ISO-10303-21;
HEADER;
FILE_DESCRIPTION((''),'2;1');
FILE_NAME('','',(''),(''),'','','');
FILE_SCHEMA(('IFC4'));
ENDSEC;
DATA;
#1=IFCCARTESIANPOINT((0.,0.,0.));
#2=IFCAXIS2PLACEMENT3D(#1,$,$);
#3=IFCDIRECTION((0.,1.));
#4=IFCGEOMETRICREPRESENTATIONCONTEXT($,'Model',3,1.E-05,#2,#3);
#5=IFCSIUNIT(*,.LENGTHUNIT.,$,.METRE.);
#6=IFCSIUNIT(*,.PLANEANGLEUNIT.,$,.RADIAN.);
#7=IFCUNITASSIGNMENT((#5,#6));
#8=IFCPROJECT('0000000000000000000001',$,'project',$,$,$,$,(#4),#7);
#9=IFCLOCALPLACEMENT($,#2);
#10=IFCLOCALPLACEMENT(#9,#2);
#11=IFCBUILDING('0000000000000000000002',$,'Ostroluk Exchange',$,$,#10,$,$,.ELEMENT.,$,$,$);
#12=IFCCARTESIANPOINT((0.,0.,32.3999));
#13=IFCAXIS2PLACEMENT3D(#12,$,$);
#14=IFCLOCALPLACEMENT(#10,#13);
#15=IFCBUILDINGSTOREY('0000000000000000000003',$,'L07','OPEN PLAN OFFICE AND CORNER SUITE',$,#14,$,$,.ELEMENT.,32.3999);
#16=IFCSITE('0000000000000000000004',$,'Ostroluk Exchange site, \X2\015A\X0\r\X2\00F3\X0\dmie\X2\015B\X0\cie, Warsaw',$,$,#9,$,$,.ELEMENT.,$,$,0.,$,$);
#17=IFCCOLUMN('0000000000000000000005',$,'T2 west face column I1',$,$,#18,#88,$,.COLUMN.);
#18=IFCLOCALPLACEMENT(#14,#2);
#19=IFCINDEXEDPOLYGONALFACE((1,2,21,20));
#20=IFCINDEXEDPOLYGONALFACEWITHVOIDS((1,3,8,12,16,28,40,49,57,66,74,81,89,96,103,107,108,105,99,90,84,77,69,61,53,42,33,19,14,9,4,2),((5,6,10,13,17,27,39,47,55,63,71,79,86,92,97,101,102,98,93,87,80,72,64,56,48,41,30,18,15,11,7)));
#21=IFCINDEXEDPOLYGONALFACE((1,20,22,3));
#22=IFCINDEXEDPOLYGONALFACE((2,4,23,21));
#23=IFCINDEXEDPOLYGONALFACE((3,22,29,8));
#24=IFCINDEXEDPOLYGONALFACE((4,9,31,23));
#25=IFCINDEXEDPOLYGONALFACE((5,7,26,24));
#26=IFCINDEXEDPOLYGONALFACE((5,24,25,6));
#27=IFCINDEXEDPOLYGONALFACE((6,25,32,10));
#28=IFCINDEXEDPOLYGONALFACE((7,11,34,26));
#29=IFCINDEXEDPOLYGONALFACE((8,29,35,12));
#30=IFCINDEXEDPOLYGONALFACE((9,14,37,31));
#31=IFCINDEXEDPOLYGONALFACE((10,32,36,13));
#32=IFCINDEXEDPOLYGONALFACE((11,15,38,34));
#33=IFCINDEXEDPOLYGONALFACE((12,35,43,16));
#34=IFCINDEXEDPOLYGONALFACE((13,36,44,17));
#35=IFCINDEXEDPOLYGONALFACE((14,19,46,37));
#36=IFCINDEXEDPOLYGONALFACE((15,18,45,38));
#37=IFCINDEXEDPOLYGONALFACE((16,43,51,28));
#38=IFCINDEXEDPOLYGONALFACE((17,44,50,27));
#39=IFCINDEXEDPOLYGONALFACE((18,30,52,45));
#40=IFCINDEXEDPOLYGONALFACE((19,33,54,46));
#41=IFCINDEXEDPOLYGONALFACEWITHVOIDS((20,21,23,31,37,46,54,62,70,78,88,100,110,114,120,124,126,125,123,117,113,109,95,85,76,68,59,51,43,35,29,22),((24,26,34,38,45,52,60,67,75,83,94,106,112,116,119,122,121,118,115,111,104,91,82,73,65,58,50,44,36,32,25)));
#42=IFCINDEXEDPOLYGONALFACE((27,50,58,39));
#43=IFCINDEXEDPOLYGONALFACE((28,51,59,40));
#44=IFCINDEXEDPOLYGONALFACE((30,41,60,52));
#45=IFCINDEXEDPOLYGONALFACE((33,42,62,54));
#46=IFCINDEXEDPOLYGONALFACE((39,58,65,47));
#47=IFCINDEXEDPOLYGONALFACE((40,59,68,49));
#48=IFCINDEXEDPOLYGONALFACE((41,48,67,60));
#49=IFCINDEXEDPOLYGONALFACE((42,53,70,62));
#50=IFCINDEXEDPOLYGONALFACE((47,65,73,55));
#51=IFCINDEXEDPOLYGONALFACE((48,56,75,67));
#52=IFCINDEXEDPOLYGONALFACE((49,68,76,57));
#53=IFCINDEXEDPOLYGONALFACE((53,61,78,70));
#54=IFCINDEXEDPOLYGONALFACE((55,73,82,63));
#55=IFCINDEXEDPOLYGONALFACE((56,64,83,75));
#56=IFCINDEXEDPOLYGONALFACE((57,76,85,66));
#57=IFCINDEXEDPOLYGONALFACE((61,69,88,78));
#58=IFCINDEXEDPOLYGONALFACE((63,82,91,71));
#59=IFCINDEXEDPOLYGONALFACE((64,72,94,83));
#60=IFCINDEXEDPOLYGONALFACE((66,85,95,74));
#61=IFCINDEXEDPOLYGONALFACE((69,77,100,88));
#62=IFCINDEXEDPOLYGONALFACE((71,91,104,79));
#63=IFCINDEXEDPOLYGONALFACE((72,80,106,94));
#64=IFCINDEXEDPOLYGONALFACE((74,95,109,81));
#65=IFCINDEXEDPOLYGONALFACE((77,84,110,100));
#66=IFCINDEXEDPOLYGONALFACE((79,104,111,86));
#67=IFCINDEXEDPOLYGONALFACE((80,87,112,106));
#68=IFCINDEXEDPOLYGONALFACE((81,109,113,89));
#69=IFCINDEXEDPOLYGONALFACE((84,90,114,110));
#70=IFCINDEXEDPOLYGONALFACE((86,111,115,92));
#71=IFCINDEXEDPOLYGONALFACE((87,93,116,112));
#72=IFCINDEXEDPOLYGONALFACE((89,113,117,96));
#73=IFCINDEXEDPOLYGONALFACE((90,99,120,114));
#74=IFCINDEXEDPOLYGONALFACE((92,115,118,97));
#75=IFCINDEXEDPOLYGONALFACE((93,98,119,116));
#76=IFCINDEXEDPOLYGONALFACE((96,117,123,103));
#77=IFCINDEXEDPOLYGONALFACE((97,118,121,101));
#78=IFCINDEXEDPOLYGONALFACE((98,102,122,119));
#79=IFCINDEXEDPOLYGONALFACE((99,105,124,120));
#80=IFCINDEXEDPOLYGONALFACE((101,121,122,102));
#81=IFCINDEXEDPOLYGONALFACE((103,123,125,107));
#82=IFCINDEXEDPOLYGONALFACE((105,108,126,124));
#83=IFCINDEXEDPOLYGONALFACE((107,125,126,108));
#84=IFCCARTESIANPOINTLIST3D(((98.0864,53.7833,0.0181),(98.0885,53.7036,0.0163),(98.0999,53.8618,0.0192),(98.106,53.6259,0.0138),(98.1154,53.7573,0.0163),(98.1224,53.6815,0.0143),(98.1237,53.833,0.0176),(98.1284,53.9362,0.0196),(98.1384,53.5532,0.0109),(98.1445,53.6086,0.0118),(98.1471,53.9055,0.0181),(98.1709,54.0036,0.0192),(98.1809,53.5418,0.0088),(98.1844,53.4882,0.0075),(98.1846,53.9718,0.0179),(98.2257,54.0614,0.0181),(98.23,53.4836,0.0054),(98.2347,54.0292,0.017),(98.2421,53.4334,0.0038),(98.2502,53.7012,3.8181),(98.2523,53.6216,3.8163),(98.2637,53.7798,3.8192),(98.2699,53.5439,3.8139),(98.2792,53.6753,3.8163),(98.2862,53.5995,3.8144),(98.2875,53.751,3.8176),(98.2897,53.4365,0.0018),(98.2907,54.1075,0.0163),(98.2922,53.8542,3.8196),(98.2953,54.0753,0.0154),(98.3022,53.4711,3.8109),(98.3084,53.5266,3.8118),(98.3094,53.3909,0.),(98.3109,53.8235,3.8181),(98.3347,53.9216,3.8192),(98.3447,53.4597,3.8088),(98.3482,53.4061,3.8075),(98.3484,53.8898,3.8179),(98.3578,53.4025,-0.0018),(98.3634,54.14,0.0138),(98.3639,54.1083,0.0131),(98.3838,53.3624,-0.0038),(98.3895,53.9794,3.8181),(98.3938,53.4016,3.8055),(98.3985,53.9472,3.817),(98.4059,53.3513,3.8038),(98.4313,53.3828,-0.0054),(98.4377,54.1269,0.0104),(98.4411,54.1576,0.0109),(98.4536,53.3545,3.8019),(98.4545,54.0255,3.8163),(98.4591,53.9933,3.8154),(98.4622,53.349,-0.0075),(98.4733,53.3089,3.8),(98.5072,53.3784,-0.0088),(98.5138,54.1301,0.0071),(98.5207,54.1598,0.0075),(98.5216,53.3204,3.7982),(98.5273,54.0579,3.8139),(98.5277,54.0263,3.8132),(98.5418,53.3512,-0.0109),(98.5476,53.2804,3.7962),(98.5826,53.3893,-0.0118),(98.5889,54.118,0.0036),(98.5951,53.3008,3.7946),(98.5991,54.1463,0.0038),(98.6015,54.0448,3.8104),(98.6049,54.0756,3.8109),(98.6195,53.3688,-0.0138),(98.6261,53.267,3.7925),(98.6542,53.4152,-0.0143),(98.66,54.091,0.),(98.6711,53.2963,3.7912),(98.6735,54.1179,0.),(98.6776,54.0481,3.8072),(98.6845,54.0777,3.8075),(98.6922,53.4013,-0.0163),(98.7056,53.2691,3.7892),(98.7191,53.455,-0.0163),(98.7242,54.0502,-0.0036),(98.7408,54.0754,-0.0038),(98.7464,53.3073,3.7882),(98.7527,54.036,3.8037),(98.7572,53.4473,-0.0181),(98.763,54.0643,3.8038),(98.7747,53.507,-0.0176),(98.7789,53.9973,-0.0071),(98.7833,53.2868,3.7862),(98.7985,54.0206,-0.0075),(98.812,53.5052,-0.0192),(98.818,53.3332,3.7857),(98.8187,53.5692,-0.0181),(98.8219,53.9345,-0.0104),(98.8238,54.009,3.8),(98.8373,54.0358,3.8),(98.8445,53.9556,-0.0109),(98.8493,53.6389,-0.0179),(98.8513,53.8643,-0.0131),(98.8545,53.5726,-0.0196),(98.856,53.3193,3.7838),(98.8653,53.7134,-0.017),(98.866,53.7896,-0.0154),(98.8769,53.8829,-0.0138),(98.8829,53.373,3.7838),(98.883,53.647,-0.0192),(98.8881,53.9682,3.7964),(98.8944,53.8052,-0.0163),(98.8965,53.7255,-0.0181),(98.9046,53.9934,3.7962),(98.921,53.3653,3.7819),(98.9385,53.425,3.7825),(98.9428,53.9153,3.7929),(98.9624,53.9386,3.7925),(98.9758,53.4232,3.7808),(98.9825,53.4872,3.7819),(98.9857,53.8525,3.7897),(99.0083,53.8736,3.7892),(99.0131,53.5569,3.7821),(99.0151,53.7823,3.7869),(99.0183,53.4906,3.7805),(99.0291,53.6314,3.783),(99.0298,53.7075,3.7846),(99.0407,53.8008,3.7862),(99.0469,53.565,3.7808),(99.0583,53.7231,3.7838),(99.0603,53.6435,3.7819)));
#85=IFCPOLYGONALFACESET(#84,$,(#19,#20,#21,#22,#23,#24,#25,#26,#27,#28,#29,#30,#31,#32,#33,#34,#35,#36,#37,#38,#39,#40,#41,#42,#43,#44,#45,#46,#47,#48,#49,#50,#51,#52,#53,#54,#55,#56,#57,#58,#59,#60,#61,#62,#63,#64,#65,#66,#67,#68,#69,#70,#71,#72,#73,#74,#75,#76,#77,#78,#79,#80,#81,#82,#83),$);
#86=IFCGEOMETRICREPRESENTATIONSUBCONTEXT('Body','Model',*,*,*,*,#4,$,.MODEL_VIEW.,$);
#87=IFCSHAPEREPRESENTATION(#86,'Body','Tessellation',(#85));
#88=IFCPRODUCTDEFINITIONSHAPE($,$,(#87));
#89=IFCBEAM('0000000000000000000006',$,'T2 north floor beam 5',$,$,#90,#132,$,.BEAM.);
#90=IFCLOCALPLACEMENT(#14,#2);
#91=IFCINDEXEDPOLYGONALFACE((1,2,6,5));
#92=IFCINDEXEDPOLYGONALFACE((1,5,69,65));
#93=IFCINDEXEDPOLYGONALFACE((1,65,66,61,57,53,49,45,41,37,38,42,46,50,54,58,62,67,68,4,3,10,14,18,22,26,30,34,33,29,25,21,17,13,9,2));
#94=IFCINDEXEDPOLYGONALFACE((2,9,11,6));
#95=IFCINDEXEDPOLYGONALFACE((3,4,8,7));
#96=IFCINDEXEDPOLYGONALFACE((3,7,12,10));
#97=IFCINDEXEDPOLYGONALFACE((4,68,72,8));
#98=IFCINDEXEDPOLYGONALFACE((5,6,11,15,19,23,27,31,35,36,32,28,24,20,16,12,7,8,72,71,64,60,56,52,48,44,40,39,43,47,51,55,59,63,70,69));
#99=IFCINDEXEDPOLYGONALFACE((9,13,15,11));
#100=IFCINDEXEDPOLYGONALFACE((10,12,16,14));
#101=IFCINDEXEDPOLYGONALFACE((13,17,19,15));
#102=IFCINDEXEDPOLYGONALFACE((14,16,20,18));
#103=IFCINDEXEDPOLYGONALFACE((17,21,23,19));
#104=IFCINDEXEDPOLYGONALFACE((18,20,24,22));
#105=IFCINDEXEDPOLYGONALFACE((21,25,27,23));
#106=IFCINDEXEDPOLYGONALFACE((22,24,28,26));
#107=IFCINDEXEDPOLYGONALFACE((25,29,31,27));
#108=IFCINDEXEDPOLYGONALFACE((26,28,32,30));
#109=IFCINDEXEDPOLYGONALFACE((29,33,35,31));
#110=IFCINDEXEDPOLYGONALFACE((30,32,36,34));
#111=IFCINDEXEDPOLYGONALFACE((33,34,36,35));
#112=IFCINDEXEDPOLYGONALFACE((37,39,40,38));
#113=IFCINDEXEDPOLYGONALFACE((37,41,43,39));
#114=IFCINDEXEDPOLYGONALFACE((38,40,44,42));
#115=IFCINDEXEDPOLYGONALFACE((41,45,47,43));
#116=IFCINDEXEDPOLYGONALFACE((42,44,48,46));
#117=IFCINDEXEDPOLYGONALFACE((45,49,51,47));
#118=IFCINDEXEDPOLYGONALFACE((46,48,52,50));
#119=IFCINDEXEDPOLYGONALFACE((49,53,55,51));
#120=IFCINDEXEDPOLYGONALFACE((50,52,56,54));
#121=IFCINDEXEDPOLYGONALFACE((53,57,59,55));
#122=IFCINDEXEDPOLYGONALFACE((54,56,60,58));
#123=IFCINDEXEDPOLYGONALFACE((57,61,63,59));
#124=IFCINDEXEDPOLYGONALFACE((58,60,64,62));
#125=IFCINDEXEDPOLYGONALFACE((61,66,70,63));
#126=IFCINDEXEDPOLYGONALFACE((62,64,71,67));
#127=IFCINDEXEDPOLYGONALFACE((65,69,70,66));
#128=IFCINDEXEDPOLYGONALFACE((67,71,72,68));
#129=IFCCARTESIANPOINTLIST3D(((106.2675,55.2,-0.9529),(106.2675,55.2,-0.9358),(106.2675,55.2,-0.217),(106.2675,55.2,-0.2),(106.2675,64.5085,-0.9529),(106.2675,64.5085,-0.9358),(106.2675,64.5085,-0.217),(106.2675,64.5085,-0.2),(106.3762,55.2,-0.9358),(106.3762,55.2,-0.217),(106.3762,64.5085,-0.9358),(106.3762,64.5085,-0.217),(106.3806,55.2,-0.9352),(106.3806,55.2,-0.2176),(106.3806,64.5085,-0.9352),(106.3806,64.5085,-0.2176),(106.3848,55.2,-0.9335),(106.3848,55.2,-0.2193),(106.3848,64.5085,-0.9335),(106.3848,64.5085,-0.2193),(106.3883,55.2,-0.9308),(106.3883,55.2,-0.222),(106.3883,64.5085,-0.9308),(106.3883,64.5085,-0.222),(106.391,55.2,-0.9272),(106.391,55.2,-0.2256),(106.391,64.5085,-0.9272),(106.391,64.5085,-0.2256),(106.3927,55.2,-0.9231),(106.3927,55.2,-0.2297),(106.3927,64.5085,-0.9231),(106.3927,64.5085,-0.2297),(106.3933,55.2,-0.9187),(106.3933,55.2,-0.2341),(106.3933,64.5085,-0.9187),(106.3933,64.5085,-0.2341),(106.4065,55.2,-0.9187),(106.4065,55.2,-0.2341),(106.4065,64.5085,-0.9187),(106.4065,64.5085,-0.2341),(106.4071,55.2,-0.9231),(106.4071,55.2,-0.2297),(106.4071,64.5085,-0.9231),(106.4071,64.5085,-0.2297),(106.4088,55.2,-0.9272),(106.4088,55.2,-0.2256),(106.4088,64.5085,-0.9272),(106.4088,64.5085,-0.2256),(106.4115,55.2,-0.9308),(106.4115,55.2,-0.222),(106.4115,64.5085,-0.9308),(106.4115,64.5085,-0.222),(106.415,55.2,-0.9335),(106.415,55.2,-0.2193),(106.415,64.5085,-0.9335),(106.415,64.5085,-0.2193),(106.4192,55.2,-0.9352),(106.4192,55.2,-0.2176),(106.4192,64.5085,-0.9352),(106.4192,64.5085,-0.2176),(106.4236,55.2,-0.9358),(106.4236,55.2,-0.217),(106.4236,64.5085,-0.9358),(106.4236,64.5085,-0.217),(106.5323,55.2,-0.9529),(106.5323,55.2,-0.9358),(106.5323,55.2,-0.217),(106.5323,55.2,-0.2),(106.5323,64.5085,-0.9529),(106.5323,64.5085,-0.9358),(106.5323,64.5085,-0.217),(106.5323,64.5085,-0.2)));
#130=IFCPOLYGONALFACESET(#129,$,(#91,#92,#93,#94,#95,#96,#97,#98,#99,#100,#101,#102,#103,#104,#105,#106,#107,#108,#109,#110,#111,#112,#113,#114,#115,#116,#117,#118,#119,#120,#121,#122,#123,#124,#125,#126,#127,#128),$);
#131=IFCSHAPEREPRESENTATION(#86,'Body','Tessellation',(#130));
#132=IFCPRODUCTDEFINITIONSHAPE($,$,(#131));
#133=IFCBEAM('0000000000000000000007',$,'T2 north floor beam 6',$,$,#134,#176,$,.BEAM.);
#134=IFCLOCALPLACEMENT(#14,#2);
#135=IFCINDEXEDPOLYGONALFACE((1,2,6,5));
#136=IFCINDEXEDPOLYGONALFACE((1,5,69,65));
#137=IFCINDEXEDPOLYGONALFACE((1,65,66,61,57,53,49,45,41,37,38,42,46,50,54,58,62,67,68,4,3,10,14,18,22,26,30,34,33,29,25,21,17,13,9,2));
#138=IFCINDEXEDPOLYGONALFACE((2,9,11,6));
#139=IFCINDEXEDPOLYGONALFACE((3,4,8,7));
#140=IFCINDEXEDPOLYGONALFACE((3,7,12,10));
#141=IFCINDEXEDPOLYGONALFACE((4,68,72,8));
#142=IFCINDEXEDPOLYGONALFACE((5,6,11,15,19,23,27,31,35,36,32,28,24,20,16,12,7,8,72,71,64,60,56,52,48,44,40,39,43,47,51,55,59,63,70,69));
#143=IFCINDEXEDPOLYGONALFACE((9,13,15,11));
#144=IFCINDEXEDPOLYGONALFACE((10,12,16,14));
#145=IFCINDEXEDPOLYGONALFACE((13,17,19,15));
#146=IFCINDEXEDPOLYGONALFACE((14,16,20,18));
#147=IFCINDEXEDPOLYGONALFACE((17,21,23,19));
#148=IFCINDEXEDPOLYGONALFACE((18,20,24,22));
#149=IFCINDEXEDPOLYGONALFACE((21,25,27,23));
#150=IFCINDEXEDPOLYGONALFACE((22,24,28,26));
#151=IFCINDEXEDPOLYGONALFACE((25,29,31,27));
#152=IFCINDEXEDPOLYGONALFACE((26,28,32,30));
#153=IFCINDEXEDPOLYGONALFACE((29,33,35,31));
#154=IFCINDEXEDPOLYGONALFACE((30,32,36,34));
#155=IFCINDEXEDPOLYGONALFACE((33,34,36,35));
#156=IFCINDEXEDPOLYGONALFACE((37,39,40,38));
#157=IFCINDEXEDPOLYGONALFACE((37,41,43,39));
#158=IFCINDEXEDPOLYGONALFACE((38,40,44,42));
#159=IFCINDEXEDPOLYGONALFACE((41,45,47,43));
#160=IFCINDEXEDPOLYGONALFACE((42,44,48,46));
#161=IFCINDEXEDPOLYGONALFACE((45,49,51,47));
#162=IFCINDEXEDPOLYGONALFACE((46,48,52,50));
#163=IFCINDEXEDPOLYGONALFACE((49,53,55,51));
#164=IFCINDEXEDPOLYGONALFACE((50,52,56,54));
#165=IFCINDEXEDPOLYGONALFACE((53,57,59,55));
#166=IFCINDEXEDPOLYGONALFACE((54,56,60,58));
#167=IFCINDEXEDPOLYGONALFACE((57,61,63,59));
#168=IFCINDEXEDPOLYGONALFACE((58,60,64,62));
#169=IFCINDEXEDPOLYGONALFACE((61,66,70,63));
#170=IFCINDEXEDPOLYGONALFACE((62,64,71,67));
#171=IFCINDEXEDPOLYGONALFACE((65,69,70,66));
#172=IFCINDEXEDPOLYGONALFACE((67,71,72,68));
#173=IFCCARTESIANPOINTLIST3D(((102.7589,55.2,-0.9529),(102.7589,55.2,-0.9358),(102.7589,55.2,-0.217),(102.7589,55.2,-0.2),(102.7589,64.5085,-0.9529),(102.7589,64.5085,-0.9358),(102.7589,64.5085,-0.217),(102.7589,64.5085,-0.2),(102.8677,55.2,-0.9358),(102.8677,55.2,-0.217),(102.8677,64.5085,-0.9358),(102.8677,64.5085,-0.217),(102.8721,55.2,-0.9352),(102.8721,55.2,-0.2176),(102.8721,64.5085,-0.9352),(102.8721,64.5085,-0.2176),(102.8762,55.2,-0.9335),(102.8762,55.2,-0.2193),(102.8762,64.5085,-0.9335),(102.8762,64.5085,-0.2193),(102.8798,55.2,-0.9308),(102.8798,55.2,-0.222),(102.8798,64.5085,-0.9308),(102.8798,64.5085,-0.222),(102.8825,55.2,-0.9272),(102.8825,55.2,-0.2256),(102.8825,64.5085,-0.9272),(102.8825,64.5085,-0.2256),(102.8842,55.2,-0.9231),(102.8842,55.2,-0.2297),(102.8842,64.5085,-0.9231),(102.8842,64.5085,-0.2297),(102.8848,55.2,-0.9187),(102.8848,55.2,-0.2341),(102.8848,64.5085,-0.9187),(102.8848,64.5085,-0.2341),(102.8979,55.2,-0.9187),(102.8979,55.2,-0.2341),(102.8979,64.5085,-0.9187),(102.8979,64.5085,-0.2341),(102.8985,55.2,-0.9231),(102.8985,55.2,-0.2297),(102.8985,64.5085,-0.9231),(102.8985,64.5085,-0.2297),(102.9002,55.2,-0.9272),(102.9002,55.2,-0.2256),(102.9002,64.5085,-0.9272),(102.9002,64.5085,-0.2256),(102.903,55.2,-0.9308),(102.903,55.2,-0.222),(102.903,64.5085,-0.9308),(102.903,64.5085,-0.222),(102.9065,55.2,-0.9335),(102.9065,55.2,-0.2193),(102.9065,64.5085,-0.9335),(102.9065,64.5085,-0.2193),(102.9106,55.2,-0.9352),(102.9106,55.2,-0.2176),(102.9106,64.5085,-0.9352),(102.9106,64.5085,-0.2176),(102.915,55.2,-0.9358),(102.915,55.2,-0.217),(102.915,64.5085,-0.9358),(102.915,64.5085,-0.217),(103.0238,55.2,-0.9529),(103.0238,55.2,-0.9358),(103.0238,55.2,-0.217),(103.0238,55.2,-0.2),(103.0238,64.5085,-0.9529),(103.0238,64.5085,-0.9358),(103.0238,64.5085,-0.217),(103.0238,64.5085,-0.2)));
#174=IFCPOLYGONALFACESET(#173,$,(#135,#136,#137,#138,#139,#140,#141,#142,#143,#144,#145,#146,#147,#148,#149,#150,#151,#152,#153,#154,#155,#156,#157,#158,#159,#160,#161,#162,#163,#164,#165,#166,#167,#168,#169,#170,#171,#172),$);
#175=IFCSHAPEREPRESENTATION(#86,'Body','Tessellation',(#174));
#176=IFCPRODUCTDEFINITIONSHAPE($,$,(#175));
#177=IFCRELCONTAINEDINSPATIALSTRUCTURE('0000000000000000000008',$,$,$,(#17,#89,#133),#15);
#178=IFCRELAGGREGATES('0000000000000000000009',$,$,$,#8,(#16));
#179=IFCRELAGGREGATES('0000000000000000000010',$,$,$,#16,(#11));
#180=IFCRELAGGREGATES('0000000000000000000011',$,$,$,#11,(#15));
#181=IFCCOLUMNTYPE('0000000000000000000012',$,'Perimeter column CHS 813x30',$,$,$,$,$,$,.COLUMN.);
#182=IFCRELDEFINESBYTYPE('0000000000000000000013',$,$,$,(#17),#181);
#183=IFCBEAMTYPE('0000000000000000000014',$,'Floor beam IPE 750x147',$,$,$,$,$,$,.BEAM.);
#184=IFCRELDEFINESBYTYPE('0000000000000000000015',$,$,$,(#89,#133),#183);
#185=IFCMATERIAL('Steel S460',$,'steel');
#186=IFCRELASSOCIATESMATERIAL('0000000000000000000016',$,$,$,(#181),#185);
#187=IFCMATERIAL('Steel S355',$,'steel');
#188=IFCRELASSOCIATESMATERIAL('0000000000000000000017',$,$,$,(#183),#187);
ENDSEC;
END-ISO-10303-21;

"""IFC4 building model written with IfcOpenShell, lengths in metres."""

from ifc_helpers import new_model, si_unit, direction, frame, origin, origin_2d, place, context, subcontext, project, spatial, hollow_circle, i_section, extrude, material, material_profile, profile_set, type_object, element, save


model = new_model("IFC4")

# Units and contexts
model_context = context("Model", 3, precision=1e-05, world=origin(), true_north=direction((0.0, 1.0)))
body_context = subcontext(model_context, "Body", "Model", "MODEL_VIEW")
ifc_project = project(units=[si_unit("LENGTHUNIT", "METRE"), si_unit("PLANEANGLEUNIT", "RADIAN")], contexts=[model_context])

# Site, building, storey
site_placement = place(None, origin())
site = spatial("IfcSite", under=ifc_project, at=site_placement, Name="Ostroluk Exchange site, Śródmieście, Warsaw", CompositionType="ELEMENT", RefElevation=0.0)
building_placement = place(site_placement, origin())
building = spatial("IfcBuilding", under=site, at=building_placement, Name="Ostroluk Exchange", CompositionType="ELEMENT")
storey_placement = place(building_placement, frame((0.0, 0.0, 32.3999)))
storey = spatial("IfcBuildingStorey", under=building, at=storey_placement, Name="L07", Description="OPEN PLAN OFFICE AND CORNER SUITE", CompositionType="ELEMENT", Elevation=32.3999)

# Column
ifc_material_1 = material(Name="Steel S460", Category="steel")
ifc_material_profile_1 = material_profile(ifc_material_1, hollow_circle(Radius=0.4065, WallThickness=0.03, at=origin_2d()), Name="CHS 813x30")
ifc_profile_set_1 = profile_set([ifc_material_profile_1], Name="Steel S460")
column_type = type_object("IfcColumnType", Name="Perimeter column CHS 813x30", PredefinedType="COLUMN", material=ifc_profile_set_1)
column_placement = place(storey_placement, frame((98.4915, 53.7544, 0.0), z_axis=(0.04306, -0.021562, 0.99884), x_axis=(0.447747, 0.894161, 0.0)))
element("IfcColumn", 1, at=column_placement, inside=storey, type_object=column_type, Name="T2 west face column I1", PredefinedType="COLUMN", context=body_context, shape_type="SweptSolid", body=[
    extrude(hollow_circle(Radius=0.4065, WallThickness=0.03, at=origin_2d()), origin(), (0.0, 0.0, 1.0), 3.8044),
])

# Beams
ifc_material_2 = material(Name="Steel S355", Category="steel")
ifc_material_profile_2 = material_profile(ifc_material_2, i_section(OverallWidth=0.2649, OverallDepth=0.7529, WebThickness=0.0132, FlangeThickness=0.0171, FilletRadius=0.0171, at=origin_2d()), Name="IPE 750x147")
ifc_profile_set_2 = profile_set([ifc_material_profile_2], Name="Steel S355")
beam_type_1 = type_object("IfcBeamType", Name="Floor beam IPE 750x147", PredefinedType="BEAM", material=ifc_profile_set_2)
for number, where, z_axis, x_axis, name in (
    (2, (106.3999, 55.2, -0.5764), (0.0, 1.0, 0.0), (-1.0, 0.0, 0.0), "T2 north floor beam 5"),
    (3, (102.8914, 55.2, -0.5764), (0.0, 1.0, 0.0), (-1.0, 0.0, 0.0), "T2 north floor beam 6"),
):
    element("IfcBeam", number, at=place(storey_placement, frame(where, z_axis=z_axis, x_axis=x_axis)), inside=storey, type_object=beam_type_1, Name=name, PredefinedType="BEAM", context=body_context, shape_type="SweptSolid", body=[
        extrude(i_section(OverallWidth=0.2649, OverallDepth=0.7529, WebThickness=0.0132, FlangeThickness=0.0171, FilletRadius=0.0171, at=origin_2d()), origin(), (0.0, 0.0, 1.0), 9.3086),
    ])

save(model, "model.ifc")
